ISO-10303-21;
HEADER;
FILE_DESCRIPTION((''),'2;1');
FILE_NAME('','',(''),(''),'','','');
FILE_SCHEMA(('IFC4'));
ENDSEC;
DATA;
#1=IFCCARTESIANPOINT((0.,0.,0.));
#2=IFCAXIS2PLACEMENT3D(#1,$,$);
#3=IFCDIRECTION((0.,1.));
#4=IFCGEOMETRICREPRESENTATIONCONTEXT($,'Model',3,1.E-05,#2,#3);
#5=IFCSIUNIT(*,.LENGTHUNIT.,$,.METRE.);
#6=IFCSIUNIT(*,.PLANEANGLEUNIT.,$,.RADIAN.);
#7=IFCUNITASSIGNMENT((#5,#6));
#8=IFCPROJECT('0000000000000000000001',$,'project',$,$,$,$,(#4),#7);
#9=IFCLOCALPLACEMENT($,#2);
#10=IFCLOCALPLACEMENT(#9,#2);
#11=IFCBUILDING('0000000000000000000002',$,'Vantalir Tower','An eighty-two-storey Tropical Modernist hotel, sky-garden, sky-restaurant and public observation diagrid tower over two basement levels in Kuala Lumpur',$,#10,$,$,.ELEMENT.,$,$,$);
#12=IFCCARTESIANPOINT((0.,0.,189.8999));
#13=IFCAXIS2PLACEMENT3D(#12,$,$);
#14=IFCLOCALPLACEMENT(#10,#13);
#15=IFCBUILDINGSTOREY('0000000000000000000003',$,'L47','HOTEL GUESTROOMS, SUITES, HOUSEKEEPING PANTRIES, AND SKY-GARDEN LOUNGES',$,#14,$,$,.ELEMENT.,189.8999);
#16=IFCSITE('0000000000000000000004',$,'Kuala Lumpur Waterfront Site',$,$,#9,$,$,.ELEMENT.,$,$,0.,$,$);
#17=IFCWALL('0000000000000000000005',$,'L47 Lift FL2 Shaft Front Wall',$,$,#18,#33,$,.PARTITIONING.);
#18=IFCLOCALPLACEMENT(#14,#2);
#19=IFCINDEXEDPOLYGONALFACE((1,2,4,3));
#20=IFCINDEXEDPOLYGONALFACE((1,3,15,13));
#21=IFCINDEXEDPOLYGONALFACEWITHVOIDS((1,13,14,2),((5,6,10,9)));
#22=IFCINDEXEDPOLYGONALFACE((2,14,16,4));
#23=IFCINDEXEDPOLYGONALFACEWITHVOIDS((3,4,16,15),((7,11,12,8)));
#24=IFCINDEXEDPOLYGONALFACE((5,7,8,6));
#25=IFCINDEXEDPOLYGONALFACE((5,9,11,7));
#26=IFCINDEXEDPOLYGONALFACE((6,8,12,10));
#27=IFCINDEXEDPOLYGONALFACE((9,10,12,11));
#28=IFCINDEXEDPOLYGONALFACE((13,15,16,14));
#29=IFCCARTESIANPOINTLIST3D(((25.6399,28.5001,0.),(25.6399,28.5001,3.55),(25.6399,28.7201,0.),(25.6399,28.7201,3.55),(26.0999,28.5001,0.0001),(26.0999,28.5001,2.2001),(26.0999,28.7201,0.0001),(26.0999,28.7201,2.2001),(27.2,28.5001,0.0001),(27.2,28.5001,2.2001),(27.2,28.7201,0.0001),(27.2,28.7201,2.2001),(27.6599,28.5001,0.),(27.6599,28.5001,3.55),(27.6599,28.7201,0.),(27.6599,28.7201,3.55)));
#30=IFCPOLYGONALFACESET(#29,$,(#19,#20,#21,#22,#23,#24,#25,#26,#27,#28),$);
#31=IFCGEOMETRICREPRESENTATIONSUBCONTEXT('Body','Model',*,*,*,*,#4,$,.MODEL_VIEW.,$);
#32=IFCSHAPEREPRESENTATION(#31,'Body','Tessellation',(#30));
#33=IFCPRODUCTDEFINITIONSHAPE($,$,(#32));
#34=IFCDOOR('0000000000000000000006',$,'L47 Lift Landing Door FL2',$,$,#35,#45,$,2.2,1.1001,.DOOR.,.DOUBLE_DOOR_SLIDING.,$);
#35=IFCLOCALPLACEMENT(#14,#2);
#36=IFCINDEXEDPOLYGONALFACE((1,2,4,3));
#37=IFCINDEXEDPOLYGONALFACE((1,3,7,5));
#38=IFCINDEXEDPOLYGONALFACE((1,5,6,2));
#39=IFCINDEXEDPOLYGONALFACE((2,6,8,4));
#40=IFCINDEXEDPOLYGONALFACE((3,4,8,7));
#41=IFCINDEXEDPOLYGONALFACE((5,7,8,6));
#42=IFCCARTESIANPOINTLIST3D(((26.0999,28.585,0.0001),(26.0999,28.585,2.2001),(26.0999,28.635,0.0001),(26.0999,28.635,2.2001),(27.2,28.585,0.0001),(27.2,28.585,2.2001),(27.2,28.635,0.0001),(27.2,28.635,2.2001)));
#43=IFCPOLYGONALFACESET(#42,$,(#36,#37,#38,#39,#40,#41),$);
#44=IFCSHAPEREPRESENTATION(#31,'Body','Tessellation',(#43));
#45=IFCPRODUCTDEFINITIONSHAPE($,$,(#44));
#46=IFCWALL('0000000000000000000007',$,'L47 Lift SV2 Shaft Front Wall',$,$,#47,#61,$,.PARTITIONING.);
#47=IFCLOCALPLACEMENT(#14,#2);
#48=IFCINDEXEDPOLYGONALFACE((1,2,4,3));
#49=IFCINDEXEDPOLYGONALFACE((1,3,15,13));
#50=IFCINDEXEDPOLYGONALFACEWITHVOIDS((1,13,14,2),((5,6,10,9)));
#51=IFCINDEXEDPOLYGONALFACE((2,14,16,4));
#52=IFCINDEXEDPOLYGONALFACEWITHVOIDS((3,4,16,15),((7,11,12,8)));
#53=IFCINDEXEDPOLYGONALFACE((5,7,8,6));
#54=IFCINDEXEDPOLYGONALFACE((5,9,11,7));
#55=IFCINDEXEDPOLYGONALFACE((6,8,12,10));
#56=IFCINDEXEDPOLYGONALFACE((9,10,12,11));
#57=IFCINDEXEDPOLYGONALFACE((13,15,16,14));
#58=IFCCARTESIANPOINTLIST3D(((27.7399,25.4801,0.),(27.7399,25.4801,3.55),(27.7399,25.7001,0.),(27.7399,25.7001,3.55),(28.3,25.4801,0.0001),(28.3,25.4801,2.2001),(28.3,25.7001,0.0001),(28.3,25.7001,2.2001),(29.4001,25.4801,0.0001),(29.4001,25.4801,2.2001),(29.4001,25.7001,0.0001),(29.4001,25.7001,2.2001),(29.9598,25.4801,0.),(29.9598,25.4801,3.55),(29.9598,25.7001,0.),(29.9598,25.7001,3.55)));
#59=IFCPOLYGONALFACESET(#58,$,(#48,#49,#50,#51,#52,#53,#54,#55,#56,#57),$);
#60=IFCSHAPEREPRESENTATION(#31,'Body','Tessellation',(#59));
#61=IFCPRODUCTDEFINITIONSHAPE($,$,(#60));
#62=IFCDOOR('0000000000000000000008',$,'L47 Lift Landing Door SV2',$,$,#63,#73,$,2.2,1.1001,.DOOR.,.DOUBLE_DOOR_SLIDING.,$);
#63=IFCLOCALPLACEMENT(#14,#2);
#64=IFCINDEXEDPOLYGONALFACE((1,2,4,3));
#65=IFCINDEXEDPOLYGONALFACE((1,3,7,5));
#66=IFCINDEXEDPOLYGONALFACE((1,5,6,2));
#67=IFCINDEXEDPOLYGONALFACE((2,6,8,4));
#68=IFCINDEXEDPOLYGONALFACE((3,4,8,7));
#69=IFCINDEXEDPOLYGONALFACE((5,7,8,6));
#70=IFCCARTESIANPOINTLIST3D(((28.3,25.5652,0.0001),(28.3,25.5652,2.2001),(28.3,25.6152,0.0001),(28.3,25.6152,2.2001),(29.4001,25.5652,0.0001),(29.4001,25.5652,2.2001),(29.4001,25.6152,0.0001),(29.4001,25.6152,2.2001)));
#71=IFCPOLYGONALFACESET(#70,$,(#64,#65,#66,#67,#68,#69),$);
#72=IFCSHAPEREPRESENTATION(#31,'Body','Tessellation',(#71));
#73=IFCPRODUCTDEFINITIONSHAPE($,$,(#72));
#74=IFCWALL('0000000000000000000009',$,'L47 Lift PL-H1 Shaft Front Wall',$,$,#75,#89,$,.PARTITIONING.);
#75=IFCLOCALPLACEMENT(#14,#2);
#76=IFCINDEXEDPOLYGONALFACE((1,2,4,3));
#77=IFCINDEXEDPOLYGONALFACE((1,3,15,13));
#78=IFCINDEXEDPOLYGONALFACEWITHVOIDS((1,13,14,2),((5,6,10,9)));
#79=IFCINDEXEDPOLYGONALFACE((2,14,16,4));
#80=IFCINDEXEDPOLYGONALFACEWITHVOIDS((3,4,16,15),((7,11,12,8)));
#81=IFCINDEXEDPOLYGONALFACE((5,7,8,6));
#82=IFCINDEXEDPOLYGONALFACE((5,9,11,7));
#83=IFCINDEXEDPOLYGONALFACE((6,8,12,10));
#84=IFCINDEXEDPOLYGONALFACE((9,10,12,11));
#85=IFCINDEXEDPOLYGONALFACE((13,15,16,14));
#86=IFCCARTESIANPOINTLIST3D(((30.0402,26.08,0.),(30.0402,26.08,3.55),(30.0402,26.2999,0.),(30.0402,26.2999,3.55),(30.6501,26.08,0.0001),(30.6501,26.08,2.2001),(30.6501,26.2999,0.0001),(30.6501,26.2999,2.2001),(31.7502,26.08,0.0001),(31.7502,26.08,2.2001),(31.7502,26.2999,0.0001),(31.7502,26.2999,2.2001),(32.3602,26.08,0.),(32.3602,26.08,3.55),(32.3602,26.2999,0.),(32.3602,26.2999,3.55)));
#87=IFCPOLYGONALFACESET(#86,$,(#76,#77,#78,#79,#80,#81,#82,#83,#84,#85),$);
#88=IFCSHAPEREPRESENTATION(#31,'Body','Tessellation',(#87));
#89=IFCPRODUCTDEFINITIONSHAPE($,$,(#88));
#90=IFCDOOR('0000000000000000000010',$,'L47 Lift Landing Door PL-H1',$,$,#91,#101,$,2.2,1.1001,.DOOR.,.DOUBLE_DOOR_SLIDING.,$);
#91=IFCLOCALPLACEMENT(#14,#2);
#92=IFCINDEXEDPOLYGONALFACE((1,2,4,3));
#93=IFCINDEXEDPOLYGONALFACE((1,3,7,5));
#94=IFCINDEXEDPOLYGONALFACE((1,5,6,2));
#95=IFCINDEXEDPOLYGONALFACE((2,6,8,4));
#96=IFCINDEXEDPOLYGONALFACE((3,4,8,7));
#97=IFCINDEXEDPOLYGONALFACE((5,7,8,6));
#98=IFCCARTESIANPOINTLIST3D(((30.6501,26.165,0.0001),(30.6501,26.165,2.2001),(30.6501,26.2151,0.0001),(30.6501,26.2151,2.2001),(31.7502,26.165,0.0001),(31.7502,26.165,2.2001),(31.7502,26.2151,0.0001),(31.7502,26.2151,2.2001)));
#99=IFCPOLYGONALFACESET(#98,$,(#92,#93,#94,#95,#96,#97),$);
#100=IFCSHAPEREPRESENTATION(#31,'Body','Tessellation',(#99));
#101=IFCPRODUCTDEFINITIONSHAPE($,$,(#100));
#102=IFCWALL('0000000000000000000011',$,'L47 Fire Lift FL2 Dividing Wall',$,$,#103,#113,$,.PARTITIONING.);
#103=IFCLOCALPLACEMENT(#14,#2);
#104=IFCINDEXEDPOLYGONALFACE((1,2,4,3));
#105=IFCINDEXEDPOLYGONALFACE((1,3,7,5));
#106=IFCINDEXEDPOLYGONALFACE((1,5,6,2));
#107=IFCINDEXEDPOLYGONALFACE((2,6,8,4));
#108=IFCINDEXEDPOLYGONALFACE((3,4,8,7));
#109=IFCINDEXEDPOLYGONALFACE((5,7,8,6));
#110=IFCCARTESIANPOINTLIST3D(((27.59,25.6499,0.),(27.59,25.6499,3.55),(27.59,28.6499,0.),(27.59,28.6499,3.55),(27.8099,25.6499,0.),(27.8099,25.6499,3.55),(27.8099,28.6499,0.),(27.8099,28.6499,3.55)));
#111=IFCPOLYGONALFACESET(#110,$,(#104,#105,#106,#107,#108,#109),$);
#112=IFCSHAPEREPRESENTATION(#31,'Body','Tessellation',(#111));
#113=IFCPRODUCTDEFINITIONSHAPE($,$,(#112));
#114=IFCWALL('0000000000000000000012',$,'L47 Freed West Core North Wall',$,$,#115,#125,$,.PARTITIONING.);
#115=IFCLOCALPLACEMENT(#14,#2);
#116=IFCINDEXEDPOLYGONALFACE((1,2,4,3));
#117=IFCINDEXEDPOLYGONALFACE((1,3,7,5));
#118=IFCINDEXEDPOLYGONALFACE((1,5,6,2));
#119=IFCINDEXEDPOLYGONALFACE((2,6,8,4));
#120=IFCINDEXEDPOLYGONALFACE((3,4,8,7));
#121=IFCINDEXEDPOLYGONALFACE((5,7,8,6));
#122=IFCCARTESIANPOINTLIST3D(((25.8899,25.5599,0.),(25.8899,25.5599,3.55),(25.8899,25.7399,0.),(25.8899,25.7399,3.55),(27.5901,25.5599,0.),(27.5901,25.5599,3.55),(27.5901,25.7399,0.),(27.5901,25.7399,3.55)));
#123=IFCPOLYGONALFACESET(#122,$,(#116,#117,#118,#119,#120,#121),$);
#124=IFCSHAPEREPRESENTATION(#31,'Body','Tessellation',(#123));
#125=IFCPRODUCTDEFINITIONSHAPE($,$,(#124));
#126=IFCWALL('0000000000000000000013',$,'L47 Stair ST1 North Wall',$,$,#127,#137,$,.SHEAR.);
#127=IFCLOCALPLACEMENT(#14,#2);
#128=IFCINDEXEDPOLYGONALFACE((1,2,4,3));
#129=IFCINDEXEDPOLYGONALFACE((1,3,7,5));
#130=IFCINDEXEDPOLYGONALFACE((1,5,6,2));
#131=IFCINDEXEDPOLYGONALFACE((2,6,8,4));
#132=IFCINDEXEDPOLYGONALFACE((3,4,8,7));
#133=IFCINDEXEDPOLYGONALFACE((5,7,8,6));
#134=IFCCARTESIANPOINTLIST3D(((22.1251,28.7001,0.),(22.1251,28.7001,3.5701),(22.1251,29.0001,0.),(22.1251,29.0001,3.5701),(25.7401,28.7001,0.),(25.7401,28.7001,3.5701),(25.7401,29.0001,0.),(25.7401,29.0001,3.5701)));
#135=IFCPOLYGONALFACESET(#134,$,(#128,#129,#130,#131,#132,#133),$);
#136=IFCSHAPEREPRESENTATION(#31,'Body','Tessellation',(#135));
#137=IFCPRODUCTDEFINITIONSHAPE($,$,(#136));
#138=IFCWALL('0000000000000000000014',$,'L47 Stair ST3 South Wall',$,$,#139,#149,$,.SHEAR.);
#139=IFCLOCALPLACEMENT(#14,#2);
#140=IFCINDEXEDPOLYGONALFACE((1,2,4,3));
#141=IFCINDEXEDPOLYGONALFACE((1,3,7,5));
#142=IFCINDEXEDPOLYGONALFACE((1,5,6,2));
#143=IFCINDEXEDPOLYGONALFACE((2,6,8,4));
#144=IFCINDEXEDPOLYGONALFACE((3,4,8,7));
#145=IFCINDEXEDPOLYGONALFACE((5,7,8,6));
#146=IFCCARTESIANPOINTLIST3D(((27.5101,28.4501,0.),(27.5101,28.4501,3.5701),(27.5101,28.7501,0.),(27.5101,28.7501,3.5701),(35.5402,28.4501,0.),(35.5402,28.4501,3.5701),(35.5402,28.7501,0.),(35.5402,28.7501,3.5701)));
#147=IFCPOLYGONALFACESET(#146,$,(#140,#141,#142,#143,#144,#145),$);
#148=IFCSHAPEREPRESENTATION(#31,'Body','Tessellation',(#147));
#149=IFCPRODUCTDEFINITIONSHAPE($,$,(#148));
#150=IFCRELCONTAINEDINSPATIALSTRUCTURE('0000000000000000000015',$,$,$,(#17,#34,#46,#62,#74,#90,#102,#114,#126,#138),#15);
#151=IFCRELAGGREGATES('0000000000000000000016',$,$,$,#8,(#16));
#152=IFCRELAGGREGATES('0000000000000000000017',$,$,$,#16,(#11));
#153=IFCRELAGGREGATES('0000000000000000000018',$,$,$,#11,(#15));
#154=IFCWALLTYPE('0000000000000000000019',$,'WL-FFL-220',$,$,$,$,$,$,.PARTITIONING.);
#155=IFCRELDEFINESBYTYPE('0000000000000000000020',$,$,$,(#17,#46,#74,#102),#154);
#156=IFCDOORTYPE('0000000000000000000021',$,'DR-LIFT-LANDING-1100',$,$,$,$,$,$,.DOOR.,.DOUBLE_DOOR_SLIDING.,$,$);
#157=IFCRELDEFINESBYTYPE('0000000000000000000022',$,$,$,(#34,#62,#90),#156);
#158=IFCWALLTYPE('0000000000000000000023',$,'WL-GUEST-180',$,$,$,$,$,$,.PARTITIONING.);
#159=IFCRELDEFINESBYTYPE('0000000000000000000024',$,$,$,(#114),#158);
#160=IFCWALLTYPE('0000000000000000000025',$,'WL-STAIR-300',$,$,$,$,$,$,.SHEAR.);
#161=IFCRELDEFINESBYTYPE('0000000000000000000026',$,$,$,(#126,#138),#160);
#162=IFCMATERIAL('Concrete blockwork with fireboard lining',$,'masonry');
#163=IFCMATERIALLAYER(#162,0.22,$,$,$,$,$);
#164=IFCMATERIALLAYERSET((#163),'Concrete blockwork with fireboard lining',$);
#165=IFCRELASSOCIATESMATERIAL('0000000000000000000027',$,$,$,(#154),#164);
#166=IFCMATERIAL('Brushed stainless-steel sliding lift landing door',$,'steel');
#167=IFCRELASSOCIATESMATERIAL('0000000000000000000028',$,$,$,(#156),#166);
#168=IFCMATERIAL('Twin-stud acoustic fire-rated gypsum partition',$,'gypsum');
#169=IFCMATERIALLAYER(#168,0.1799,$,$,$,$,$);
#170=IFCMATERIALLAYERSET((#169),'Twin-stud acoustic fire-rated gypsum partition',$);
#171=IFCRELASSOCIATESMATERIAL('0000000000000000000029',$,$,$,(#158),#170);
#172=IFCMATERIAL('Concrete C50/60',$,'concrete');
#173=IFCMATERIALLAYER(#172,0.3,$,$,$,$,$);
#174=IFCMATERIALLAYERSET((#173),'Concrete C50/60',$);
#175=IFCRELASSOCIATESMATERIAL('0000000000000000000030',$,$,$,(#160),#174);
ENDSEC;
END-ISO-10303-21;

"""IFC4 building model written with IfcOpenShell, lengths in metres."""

from ifc_helpers import new_model, si_unit, direction, frame, frame_2d, origin, place, context, subcontext, project, spatial, rectangle, extrude, material, layer, layer_set, type_object, element, fill, save


model = new_model("IFC4")

# Units and contexts
model_context = context("Model", 3, precision=1e-05, world=origin(), true_north=direction((0.0, 1.0)))
body_context = subcontext(model_context, "Body", "Model", "MODEL_VIEW")
ifc_project = project(units=[si_unit("LENGTHUNIT", "METRE"), si_unit("PLANEANGLEUNIT", "RADIAN")], contexts=[model_context])

# Site, building, storey
site_placement = place(None, origin())
site = spatial("IfcSite", under=ifc_project, at=site_placement, Name="Kuala Lumpur Waterfront Site", CompositionType="ELEMENT", RefElevation=0.0)
building_placement = place(site_placement, origin())
building = spatial("IfcBuilding", under=site, at=building_placement, Name="Vantalir Tower", Description="An eighty-two-storey Tropical Modernist hotel, sky-garden, sky-restaurant and public observation diagrid tower over two basement levels in Kuala Lumpur", CompositionType="ELEMENT")
storey_placement = place(building_placement, frame((0.0, 0.0, 189.8999)))
storey = spatial("IfcBuildingStorey", under=building, at=storey_placement, Name="L47", Description="HOTEL GUESTROOMS, SUITES, HOUSEKEEPING PANTRIES, AND SKY-GARDEN LOUNGES", CompositionType="ELEMENT", Elevation=189.8999)

# Shared definitions
ifc_material_1 = material(Name="Concrete C50/60", Category="concrete")

# Shared definitions
ifc_material_2 = material(Name="Concrete blockwork with fireboard lining", Category="masonry")
ifc_layer_1 = layer(ifc_material_2, 0.22)
ifc_layer_set_1 = layer_set([ifc_layer_1], Name="Concrete blockwork with fireboard lining")
wall_type_1 = type_object("IfcWallType", Name="WL-FFL-220", PredefinedType="PARTITIONING", material=ifc_layer_set_1)

# Walls, openings, doors
wall_1_placement = place(storey_placement, frame((25.6399, 28.6101, 0.0), z_axis=(0.0, 0.0, 1.0), x_axis=(1.0, 0.0, 0.0)))
wall_1 = element("IfcWall", 1, at=wall_1_placement, inside=storey, type_object=wall_type_1, Name="L47 Lift FL2 Shaft Front Wall", PredefinedType="PARTITIONING", context=body_context, shape_type="SweptSolid", body=[
    extrude(rectangle(XDim=2.02, YDim=0.22, at=frame_2d((1.01, 0.0))), origin(), (0.0, 0.0, 1.0), 3.55),
])
opening_1_placement = place(wall_1_placement, frame((0.46, 0.0, 0.0)))
opening_1 = element("IfcOpeningElement", 2, at=opening_1_placement, cuts=wall_1, PredefinedType="OPENING", context=body_context, shape_type="SweptSolid", body=[
    extrude(rectangle(XDim=1.1001, YDim=2.2, at=frame_2d((0.55, 1.1001))), frame((0.0, 0.1199, 0.0), z_axis=(0.0, -1.0, 0.0), x_axis=(1.0, 0.0, 0.0)), (0.0, 0.0, 1.0), 0.24),
])
ifc_material_3 = material(Name="Brushed stainless-steel sliding lift landing door", Category="steel")
door_type_1 = type_object("IfcDoorType", Name="DR-LIFT-LANDING-1100", OperationType="DOUBLE_DOOR_SLIDING", PredefinedType="DOOR", material=ifc_material_3)
door_1_placement = place(opening_1_placement, origin())
door_1 = element("IfcDoor", 3, at=door_1_placement, inside=storey, type_object=door_type_1, Name="L47 Lift Landing Door FL2", OperationType="DOUBLE_DOOR_SLIDING", OverallHeight=2.2, OverallWidth=1.1001, PredefinedType="DOOR", context=body_context, shape_type="SweptSolid", body=[
    extrude(rectangle(XDim=1.1001, YDim=2.2, at=frame_2d((0.55, 1.1001))), frame((0.0, 0.0249, 0.0), z_axis=(0.0, -1.0, 0.0), x_axis=(1.0, 0.0, 0.0)), (0.0, 0.0, 1.0), 0.05),
])
fill(opening_1, door_1)
wall_2_placement = place(storey_placement, frame((27.74, 25.5901, 0.0), z_axis=(0.0, 0.0, 1.0), x_axis=(1.0, 0.0, 0.0)))
wall_2 = element("IfcWall", 4, at=wall_2_placement, inside=storey, type_object=wall_type_1, Name="L47 Lift SV2 Shaft Front Wall", PredefinedType="PARTITIONING", context=body_context, shape_type="SweptSolid", body=[
    extrude(rectangle(XDim=2.22, YDim=0.22, at=frame_2d((1.1099, 0.0))), origin(), (0.0, 0.0, 1.0), 3.55),
])
opening_2_placement = place(wall_2_placement, frame((0.5601, 0.0, 0.0)))
opening_2 = element("IfcOpeningElement", 5, at=opening_2_placement, cuts=wall_2, PredefinedType="OPENING", context=body_context, shape_type="SweptSolid", body=[
    extrude(rectangle(XDim=1.1001, YDim=2.2, at=frame_2d((0.55, 1.1001))), frame((0.0, 0.1199, 0.0), z_axis=(0.0, -1.0, 0.0), x_axis=(1.0, 0.0, 0.0)), (0.0, 0.0, 1.0), 0.24),
])
door_2_placement = place(opening_2_placement, frame((1.1001, 0.0, 0.0), z_axis=(0.0, 0.0, 1.0), x_axis=(-1.0, 0.0, 0.0)))
door_2 = element("IfcDoor", 6, at=door_2_placement, inside=storey, type_object=door_type_1, Name="L47 Lift Landing Door SV2", OperationType="DOUBLE_DOOR_SLIDING", OverallHeight=2.2, OverallWidth=1.1001, PredefinedType="DOOR", context=body_context, shape_type="SweptSolid", body=[
    extrude(rectangle(XDim=1.1001, YDim=2.2, at=frame_2d((0.55, 1.1001))), frame((0.0, 0.0249, 0.0), z_axis=(0.0, -1.0, 0.0), x_axis=(1.0, 0.0, 0.0)), (0.0, 0.0, 1.0), 0.05),
])
fill(opening_2, door_2)
wall_3_placement = place(storey_placement, frame((30.04, 26.1899, 0.0), z_axis=(0.0, 0.0, 1.0), x_axis=(1.0, 0.0, 0.0)))
wall_3 = element("IfcWall", 7, at=wall_3_placement, inside=storey, type_object=wall_type_1, Name="L47 Lift PL-H1 Shaft Front Wall", PredefinedType="PARTITIONING", context=body_context, shape_type="SweptSolid", body=[
    extrude(rectangle(XDim=2.3201, YDim=0.22, at=frame_2d((1.1602, 0.0))), origin(), (0.0, 0.0, 1.0), 3.55),
])
opening_3_placement = place(wall_3_placement, frame((0.6101, 0.0, 0.0)))
opening_3 = element("IfcOpeningElement", 8, at=opening_3_placement, cuts=wall_3, PredefinedType="OPENING", context=body_context, shape_type="SweptSolid", body=[
    extrude(rectangle(XDim=1.1001, YDim=2.2, at=frame_2d((0.55, 1.1001))), frame((0.0, 0.1199, 0.0), z_axis=(0.0, -1.0, 0.0), x_axis=(1.0, 0.0, 0.0)), (0.0, 0.0, 1.0), 0.24),
])
door_3_placement = place(opening_3_placement, frame((1.1001, 0.0, 0.0), z_axis=(0.0, 0.0, 1.0), x_axis=(-1.0, 0.0, 0.0)))
door_3 = element("IfcDoor", 9, at=door_3_placement, inside=storey, type_object=door_type_1, Name="L47 Lift Landing Door PL-H1", OperationType="DOUBLE_DOOR_SLIDING", OverallHeight=2.2, OverallWidth=1.1001, PredefinedType="DOOR", context=body_context, shape_type="SweptSolid", body=[
    extrude(rectangle(XDim=1.1001, YDim=2.2, at=frame_2d((0.55, 1.1001))), frame((0.0, 0.0249, 0.0), z_axis=(0.0, -1.0, 0.0), x_axis=(1.0, 0.0, 0.0)), (0.0, 0.0, 1.0), 0.05),
])
fill(opening_3, door_3)

# Walls
wall_4_placement = place(storey_placement, frame((27.7, 25.6499, 0.0), z_axis=(0.0, 0.0, 1.0), x_axis=(0.0, 1.0, 0.0)))
element("IfcWall", 10, at=wall_4_placement, inside=storey, type_object=wall_type_1, Name="L47 Fire Lift FL2 Dividing Wall", PredefinedType="PARTITIONING", context=body_context, shape_type="SweptSolid", body=[
    extrude(rectangle(XDim=3.0, YDim=0.22, at=frame_2d((1.5, 0.0))), origin(), (0.0, 0.0, 1.0), 3.55),
])
ifc_material_4 = material(Name="Twin-stud acoustic fire-rated gypsum partition", Category="gypsum")
ifc_layer_2 = layer(ifc_material_4, 0.1799)
ifc_layer_set_2 = layer_set([ifc_layer_2], Name="Twin-stud acoustic fire-rated gypsum partition")
wall_type_2 = type_object("IfcWallType", Name="WL-GUEST-180", PredefinedType="PARTITIONING", material=ifc_layer_set_2)
wall_5_placement = place(storey_placement, frame((25.8899, 25.6499, 0.0), z_axis=(0.0, 0.0, 1.0), x_axis=(1.0, 0.0, 0.0)))
element("IfcWall", 11, at=wall_5_placement, inside=storey, type_object=wall_type_2, Name="L47 Freed West Core North Wall", PredefinedType="PARTITIONING", context=body_context, shape_type="SweptSolid", body=[
    extrude(rectangle(XDim=1.7002, YDim=0.1799, at=frame_2d((0.8501, 0.0))), origin(), (0.0, 0.0, 1.0), 3.55),
])
ifc_layer_3 = layer(ifc_material_1, 0.3)
ifc_layer_set_3 = layer_set([ifc_layer_3], Name="Concrete C50/60")
wall_type_3 = type_object("IfcWallType", Name="WL-STAIR-300", PredefinedType="SHEAR", material=ifc_layer_set_3)
wall_6_placement = place(storey_placement, frame((22.125, 28.8501, 0.0), z_axis=(0.0, 0.0, 1.0), x_axis=(1.0, 0.0, 0.0)))
element("IfcWall", 12, at=wall_6_placement, inside=storey, type_object=wall_type_3, Name="L47 Stair ST1 North Wall", PredefinedType="SHEAR", context=body_context, shape_type="SweptSolid", body=[
    extrude(rectangle(XDim=3.615, YDim=0.3, at=frame_2d((1.8076, 0.0))), origin(), (0.0, 0.0, 1.0), 3.5701),
])
wall_7_placement = place(storey_placement, frame((27.51, 28.6001, 0.0), z_axis=(0.0, 0.0, 1.0), x_axis=(1.0, 0.0, 0.0)))
element("IfcWall", 13, at=wall_7_placement, inside=storey, type_object=wall_type_3, Name="L47 Stair ST3 South Wall", PredefinedType="SHEAR", context=body_context, shape_type="SweptSolid", body=[
    extrude(rectangle(XDim=8.03, YDim=0.3, at=frame_2d((4.0151, 0.0))), origin(), (0.0, 0.0, 1.0), 3.5701),
])

save(model, "model.ifc")
